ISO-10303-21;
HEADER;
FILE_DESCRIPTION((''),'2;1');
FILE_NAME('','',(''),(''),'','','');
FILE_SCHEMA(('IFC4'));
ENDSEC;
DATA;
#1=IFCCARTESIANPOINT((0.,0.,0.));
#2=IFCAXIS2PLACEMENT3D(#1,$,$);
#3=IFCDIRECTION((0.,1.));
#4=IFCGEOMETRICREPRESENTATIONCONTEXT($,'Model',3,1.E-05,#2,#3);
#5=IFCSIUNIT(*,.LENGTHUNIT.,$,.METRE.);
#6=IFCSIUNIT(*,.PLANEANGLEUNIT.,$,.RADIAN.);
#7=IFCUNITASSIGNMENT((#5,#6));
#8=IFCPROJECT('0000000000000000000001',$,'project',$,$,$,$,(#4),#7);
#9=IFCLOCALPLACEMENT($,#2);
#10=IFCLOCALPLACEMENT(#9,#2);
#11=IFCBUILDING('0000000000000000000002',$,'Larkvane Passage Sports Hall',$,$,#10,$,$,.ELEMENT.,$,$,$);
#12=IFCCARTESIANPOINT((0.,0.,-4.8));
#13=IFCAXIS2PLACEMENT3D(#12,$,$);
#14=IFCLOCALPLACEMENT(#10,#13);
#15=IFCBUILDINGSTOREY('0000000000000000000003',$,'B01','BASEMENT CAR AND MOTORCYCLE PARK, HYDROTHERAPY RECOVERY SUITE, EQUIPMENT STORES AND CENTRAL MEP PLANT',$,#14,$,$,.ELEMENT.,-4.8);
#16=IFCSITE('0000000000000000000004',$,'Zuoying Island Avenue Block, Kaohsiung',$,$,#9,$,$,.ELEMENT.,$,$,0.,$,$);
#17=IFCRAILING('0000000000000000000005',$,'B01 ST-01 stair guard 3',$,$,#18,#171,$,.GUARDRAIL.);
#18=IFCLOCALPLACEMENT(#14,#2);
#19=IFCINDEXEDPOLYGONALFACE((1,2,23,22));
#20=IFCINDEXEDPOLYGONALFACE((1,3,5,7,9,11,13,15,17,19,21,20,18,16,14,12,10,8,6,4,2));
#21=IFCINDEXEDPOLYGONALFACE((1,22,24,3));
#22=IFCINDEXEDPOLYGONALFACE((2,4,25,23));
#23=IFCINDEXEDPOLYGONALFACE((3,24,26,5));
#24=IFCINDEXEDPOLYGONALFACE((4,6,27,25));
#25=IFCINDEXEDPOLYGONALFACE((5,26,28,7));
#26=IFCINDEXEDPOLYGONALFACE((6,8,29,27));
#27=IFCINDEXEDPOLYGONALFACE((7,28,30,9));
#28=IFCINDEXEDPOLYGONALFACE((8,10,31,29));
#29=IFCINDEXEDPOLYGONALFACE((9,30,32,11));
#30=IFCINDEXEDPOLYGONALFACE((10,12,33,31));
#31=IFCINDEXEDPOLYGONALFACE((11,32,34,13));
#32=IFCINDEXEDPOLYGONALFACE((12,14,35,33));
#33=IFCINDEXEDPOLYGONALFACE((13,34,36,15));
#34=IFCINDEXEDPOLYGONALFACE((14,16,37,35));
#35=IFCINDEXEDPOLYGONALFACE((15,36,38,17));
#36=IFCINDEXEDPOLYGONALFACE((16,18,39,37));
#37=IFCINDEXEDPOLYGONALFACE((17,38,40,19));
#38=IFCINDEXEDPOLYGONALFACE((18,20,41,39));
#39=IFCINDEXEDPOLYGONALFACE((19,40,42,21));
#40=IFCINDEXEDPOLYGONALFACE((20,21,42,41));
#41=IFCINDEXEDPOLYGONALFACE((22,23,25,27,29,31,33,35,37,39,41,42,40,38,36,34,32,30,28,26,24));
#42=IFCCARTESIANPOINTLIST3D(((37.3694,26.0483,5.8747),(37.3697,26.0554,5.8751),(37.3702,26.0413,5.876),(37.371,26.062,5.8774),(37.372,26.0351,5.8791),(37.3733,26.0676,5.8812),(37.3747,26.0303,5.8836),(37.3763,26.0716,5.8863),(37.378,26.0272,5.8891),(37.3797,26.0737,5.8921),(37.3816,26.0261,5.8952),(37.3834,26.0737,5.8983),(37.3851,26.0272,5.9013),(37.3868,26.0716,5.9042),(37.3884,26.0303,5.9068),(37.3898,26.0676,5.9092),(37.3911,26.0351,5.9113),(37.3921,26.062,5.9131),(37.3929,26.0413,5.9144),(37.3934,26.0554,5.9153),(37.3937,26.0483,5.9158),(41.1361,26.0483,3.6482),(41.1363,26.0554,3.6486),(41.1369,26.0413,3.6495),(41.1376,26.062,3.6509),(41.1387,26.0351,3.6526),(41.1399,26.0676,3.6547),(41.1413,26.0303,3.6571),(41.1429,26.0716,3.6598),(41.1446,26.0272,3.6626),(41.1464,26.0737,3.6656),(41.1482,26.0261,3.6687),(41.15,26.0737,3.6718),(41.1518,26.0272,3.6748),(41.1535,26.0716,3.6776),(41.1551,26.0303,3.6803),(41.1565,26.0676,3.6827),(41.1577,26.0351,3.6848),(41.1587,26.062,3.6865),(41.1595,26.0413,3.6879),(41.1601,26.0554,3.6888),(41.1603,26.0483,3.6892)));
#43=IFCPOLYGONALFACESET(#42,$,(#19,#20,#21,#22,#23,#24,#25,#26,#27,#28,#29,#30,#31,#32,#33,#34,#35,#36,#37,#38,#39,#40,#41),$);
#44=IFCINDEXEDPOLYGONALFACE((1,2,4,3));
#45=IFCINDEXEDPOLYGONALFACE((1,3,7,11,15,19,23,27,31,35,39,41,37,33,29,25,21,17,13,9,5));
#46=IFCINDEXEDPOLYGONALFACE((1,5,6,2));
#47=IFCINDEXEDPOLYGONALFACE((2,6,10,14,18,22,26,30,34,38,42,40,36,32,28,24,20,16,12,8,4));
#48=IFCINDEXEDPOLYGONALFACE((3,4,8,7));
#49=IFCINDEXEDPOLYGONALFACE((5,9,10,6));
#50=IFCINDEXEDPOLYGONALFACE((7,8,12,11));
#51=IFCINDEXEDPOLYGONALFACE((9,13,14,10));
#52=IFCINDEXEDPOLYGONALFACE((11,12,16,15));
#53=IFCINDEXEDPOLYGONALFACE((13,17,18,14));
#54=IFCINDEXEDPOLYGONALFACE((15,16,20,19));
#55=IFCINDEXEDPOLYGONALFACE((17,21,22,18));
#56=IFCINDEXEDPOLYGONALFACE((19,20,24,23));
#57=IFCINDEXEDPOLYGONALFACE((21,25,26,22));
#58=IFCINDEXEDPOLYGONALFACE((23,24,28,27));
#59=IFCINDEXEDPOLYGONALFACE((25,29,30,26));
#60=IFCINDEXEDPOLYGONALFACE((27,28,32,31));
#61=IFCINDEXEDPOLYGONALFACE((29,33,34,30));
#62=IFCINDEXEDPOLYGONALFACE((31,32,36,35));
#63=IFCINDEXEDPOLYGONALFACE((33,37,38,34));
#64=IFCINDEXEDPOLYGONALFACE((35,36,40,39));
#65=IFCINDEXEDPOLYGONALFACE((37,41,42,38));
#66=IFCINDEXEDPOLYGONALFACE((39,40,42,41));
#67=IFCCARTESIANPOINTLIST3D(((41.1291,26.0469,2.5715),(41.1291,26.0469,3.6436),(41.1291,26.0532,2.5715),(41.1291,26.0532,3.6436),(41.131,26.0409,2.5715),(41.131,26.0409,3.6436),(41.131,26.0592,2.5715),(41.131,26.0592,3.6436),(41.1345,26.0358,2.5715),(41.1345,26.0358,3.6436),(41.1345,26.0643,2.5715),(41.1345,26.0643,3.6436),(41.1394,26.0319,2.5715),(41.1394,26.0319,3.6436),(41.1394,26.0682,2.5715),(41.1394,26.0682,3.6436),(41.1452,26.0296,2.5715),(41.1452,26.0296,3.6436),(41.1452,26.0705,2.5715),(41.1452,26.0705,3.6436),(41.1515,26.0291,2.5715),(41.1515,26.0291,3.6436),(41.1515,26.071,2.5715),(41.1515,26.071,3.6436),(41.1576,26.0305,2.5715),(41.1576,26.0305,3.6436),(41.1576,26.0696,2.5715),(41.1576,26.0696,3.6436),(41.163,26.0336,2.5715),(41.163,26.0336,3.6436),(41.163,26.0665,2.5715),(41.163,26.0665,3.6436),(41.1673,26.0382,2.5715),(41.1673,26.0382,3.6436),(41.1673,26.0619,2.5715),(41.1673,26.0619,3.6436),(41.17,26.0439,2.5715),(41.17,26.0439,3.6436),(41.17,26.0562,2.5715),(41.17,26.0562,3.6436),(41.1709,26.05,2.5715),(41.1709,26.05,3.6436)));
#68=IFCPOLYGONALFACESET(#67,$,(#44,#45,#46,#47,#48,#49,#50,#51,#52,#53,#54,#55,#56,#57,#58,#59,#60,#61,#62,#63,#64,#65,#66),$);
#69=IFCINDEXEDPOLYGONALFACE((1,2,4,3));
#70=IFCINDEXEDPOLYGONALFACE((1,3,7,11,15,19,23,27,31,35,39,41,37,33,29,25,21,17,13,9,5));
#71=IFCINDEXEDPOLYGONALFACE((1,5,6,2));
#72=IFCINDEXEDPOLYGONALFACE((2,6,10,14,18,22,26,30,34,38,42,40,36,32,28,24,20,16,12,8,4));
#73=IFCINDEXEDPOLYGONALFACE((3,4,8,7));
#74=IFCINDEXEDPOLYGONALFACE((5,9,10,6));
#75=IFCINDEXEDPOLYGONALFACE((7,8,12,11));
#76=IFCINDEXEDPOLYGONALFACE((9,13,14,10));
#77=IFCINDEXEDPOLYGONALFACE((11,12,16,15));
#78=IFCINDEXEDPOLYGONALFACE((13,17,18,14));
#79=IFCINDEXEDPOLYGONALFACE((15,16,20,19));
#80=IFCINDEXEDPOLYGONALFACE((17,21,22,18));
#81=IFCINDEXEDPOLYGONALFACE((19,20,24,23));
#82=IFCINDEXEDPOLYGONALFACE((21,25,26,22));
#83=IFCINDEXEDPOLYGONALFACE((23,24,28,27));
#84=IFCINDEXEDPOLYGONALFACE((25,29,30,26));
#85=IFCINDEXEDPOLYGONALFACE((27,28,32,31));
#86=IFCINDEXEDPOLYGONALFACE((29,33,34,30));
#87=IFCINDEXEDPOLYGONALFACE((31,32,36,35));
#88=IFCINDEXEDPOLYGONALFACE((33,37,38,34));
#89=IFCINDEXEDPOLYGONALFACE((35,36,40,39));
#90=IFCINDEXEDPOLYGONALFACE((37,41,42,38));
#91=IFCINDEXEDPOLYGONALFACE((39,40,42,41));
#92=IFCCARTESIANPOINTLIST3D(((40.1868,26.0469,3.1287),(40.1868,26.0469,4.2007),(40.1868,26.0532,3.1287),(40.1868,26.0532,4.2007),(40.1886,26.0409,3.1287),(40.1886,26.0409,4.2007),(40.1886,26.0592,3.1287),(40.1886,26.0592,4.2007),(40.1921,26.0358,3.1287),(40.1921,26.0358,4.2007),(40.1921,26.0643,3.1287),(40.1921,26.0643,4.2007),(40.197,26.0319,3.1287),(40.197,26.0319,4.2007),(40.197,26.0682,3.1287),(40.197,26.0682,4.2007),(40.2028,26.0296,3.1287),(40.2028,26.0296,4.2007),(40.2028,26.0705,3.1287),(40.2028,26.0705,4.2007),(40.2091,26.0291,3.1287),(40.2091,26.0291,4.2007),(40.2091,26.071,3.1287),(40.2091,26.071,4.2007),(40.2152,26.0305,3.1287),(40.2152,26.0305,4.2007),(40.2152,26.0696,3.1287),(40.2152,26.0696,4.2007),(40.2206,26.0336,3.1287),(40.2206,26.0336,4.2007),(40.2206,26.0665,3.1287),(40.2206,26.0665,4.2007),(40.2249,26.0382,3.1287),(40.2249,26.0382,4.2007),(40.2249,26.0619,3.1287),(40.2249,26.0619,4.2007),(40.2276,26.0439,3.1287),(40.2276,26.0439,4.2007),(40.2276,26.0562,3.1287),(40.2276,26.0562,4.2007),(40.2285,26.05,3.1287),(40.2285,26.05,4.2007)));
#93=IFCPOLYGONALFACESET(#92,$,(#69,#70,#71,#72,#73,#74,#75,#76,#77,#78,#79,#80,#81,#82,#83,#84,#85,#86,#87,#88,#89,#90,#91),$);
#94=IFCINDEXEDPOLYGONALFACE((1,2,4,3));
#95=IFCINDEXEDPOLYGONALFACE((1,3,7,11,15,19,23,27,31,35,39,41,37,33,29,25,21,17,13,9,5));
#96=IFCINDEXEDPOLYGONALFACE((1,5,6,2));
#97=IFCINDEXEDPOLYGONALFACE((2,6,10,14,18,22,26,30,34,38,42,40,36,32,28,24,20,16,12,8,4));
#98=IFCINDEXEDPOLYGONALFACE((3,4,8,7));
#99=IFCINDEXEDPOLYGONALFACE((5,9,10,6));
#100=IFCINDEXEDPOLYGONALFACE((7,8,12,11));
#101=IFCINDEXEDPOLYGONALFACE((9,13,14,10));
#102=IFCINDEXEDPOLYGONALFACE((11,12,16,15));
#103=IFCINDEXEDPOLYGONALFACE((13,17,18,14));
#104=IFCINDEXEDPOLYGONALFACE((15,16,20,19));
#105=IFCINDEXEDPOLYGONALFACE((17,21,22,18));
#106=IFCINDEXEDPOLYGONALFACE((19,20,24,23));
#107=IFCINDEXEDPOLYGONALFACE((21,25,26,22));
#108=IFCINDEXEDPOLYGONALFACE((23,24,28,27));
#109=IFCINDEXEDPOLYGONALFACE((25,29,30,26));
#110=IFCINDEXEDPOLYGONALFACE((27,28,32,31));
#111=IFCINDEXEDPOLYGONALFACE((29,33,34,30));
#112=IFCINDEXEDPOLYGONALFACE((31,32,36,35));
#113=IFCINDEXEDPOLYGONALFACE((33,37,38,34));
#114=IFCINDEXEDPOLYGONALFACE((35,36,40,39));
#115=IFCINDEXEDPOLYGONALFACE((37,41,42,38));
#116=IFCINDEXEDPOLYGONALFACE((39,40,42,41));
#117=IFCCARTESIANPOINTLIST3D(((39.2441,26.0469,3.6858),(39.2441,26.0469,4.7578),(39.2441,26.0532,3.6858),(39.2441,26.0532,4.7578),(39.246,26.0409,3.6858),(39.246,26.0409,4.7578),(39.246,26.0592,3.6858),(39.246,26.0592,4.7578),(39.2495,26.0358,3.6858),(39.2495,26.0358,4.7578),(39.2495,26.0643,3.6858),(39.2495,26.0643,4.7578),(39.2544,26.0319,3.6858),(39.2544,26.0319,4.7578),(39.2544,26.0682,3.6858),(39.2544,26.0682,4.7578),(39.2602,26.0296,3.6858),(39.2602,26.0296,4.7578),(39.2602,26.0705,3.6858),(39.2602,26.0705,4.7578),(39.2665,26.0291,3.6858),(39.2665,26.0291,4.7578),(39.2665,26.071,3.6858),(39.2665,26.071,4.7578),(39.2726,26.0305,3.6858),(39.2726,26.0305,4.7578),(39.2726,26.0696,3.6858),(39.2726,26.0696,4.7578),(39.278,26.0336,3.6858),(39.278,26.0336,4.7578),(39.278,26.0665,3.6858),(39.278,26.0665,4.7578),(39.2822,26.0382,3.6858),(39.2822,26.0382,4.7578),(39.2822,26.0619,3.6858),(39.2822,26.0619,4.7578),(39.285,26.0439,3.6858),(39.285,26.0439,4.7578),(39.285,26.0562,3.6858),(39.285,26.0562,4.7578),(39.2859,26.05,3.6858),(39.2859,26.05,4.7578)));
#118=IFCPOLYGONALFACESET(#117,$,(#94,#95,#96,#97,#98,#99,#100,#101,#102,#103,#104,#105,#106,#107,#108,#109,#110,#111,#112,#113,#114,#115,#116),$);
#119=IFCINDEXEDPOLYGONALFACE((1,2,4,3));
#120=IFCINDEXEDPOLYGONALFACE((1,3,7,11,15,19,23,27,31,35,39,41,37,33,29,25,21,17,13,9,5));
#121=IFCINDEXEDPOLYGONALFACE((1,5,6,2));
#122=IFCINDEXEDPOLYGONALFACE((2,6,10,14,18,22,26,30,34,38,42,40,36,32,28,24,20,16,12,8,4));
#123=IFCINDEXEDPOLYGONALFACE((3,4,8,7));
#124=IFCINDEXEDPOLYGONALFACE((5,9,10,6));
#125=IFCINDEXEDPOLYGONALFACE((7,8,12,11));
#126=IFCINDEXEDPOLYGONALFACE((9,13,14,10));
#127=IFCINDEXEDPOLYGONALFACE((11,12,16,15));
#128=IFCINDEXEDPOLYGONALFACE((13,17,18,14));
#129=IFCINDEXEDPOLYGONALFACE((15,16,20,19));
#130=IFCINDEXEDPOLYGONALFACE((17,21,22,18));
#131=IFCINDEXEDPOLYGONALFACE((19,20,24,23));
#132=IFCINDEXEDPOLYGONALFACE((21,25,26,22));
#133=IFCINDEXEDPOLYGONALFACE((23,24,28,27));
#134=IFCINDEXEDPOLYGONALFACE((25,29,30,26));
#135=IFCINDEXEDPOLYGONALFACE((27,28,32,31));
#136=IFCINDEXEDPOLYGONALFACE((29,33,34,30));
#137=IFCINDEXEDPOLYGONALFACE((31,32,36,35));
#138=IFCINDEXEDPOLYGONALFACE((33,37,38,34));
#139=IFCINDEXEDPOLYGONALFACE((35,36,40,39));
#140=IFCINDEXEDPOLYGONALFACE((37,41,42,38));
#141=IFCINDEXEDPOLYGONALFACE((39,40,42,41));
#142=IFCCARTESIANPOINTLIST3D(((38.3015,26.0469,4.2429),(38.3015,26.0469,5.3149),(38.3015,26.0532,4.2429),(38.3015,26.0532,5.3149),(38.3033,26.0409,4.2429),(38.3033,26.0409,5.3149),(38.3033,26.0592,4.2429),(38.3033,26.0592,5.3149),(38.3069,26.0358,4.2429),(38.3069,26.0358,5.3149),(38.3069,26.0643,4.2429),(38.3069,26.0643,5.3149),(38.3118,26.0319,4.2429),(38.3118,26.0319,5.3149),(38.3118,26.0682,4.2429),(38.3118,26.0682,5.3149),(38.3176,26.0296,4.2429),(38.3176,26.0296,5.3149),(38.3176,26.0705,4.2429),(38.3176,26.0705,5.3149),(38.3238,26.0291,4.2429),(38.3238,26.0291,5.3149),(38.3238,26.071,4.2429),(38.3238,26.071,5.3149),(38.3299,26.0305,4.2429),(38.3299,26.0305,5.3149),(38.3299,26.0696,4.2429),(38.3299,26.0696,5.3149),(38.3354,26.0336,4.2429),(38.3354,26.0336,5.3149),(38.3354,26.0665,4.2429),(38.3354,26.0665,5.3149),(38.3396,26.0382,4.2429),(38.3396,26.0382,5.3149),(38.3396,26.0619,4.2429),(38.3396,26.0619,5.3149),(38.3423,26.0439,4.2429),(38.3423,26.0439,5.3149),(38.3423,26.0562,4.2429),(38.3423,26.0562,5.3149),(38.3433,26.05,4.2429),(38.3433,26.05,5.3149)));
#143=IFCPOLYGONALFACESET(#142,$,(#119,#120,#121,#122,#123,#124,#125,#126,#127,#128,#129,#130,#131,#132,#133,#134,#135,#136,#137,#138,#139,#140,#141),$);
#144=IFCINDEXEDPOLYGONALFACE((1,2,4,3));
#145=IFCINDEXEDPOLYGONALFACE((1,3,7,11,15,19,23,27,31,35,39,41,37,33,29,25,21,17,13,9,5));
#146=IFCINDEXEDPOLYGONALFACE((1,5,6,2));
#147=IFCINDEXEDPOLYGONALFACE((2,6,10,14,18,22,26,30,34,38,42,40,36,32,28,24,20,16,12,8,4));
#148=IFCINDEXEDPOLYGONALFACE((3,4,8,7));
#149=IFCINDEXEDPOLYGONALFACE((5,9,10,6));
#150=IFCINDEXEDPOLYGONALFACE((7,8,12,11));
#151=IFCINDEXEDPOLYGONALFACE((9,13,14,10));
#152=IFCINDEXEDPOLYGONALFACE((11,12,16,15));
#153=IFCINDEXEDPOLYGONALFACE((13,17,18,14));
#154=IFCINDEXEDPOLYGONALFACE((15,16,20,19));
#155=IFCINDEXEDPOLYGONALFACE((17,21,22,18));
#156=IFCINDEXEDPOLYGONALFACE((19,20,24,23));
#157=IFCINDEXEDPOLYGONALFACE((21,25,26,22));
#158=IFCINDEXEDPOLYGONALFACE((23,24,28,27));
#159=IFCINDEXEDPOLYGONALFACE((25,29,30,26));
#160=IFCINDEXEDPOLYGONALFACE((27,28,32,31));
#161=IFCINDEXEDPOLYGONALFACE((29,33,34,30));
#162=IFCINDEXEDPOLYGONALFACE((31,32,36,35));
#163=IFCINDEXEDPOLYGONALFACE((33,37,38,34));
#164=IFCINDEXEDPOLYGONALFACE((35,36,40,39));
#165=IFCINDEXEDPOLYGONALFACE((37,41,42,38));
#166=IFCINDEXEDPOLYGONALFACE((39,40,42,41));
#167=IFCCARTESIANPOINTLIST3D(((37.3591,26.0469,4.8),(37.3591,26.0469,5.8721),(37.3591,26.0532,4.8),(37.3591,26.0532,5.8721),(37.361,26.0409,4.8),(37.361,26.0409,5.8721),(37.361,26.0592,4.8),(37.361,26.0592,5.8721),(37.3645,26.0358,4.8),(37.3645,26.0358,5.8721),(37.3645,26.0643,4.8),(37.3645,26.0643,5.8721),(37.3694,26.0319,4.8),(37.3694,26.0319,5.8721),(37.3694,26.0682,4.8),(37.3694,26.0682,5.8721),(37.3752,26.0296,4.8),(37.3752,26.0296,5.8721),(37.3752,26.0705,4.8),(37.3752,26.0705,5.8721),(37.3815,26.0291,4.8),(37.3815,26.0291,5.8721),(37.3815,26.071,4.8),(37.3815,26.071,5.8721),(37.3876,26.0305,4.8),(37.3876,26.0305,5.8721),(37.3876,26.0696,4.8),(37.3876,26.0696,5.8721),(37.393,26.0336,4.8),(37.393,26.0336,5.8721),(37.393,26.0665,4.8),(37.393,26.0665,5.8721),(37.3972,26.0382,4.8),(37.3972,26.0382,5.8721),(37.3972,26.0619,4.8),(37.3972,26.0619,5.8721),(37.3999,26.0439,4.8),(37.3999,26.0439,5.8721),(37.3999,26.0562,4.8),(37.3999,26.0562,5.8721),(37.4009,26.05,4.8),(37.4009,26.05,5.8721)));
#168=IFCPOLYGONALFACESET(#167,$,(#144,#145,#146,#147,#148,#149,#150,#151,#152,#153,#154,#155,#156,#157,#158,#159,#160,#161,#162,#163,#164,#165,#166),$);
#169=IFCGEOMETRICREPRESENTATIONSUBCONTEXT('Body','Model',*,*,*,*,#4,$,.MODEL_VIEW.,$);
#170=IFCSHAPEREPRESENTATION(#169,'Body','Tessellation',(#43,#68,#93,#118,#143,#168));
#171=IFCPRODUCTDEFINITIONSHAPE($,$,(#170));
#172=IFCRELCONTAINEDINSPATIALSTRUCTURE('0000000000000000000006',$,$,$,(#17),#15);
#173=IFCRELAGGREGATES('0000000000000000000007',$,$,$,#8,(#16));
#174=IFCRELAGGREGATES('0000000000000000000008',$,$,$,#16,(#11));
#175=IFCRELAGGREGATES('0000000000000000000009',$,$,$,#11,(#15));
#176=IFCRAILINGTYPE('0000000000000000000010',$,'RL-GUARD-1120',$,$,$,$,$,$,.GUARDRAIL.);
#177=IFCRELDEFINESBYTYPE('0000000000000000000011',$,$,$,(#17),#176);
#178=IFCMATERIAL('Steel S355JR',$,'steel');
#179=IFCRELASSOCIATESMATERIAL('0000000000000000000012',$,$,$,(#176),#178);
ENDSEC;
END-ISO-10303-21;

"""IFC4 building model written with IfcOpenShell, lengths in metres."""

from ifc_helpers import new_model, si_unit, direction, frame, origin, origin_2d, place, context, subcontext, project, spatial, circle, extrude, material, type_object, element, save


model = new_model("IFC4")

# Units and contexts
model_context = context("Model", 3, precision=1e-05, world=origin(), true_north=direction((0.0, 1.0)))
body_context = subcontext(model_context, "Body", "Model", "MODEL_VIEW")
ifc_project = project(units=[si_unit("LENGTHUNIT", "METRE"), si_unit("PLANEANGLEUNIT", "RADIAN")], contexts=[model_context])

# Site, building, storey
site_placement = place(None, origin())
site = spatial("IfcSite", under=ifc_project, at=site_placement, Name="Zuoying Island Avenue Block, Kaohsiung", CompositionType="ELEMENT", RefElevation=0.0)
building_placement = place(site_placement, origin())
building = spatial("IfcBuilding", under=site, at=building_placement, Name="Larkvane Passage Sports Hall", CompositionType="ELEMENT")
storey_placement = place(building_placement, frame((0.0, 0.0, -4.8)))
storey = spatial("IfcBuildingStorey", under=building, at=storey_placement, Name="B01", Description="BASEMENT CAR AND MOTORCYCLE PARK, HYDROTHERAPY RECOVERY SUITE, EQUIPMENT STORES AND CENTRAL MEP PLANT", CompositionType="ELEMENT", Elevation=-4.8)

# Railing
ifc_material_1 = material(Name="Steel S355JR", Category="steel")
railing_type_1 = type_object("IfcRailingType", Name="RL-GUARD-1120", PredefinedType="GUARDRAIL", material=ifc_material_1)
railing_1_placement = place(storey_placement, frame((41.1499, 26.05, 2.5715)))
element("IfcRailing", 1, at=railing_1_placement, inside=storey, type_object=railing_type_1, Name="B01 ST-01 stair guard 3", PredefinedType="GUARDRAIL", context=body_context, shape_type="SweptSolid", body=[
    extrude(circle(Radius=0.0239, at=origin_2d()), frame((-0.0017, 0.0, 1.0972), z_axis=(-0.860849, 0.0, 0.508861), x_axis=(0.0, -1.0, 0.0)), (0.0, 0.0, 1.0), 4.3755),
    extrude(circle(Radius=0.021, at=origin_2d()), origin(), (0.0, 0.0, 1.0), 1.072),
    extrude(circle(Radius=0.021, at=origin_2d()), frame((-0.9424, 0.0, 0.5571)), (0.0, 0.0, 1.0), 1.072),
    extrude(circle(Radius=0.021, at=origin_2d()), frame((-1.885, 0.0, 1.1143)), (0.0, 0.0, 1.0), 1.072),
    extrude(circle(Radius=0.021, at=origin_2d()), frame((-2.8276, 0.0, 1.6714)), (0.0, 0.0, 1.0), 1.072),
    extrude(circle(Radius=0.021, at=origin_2d()), frame((-3.77, 0.0, 2.2285)), (0.0, 0.0, 1.0), 1.072),
])

save(model, "model.ifc")
